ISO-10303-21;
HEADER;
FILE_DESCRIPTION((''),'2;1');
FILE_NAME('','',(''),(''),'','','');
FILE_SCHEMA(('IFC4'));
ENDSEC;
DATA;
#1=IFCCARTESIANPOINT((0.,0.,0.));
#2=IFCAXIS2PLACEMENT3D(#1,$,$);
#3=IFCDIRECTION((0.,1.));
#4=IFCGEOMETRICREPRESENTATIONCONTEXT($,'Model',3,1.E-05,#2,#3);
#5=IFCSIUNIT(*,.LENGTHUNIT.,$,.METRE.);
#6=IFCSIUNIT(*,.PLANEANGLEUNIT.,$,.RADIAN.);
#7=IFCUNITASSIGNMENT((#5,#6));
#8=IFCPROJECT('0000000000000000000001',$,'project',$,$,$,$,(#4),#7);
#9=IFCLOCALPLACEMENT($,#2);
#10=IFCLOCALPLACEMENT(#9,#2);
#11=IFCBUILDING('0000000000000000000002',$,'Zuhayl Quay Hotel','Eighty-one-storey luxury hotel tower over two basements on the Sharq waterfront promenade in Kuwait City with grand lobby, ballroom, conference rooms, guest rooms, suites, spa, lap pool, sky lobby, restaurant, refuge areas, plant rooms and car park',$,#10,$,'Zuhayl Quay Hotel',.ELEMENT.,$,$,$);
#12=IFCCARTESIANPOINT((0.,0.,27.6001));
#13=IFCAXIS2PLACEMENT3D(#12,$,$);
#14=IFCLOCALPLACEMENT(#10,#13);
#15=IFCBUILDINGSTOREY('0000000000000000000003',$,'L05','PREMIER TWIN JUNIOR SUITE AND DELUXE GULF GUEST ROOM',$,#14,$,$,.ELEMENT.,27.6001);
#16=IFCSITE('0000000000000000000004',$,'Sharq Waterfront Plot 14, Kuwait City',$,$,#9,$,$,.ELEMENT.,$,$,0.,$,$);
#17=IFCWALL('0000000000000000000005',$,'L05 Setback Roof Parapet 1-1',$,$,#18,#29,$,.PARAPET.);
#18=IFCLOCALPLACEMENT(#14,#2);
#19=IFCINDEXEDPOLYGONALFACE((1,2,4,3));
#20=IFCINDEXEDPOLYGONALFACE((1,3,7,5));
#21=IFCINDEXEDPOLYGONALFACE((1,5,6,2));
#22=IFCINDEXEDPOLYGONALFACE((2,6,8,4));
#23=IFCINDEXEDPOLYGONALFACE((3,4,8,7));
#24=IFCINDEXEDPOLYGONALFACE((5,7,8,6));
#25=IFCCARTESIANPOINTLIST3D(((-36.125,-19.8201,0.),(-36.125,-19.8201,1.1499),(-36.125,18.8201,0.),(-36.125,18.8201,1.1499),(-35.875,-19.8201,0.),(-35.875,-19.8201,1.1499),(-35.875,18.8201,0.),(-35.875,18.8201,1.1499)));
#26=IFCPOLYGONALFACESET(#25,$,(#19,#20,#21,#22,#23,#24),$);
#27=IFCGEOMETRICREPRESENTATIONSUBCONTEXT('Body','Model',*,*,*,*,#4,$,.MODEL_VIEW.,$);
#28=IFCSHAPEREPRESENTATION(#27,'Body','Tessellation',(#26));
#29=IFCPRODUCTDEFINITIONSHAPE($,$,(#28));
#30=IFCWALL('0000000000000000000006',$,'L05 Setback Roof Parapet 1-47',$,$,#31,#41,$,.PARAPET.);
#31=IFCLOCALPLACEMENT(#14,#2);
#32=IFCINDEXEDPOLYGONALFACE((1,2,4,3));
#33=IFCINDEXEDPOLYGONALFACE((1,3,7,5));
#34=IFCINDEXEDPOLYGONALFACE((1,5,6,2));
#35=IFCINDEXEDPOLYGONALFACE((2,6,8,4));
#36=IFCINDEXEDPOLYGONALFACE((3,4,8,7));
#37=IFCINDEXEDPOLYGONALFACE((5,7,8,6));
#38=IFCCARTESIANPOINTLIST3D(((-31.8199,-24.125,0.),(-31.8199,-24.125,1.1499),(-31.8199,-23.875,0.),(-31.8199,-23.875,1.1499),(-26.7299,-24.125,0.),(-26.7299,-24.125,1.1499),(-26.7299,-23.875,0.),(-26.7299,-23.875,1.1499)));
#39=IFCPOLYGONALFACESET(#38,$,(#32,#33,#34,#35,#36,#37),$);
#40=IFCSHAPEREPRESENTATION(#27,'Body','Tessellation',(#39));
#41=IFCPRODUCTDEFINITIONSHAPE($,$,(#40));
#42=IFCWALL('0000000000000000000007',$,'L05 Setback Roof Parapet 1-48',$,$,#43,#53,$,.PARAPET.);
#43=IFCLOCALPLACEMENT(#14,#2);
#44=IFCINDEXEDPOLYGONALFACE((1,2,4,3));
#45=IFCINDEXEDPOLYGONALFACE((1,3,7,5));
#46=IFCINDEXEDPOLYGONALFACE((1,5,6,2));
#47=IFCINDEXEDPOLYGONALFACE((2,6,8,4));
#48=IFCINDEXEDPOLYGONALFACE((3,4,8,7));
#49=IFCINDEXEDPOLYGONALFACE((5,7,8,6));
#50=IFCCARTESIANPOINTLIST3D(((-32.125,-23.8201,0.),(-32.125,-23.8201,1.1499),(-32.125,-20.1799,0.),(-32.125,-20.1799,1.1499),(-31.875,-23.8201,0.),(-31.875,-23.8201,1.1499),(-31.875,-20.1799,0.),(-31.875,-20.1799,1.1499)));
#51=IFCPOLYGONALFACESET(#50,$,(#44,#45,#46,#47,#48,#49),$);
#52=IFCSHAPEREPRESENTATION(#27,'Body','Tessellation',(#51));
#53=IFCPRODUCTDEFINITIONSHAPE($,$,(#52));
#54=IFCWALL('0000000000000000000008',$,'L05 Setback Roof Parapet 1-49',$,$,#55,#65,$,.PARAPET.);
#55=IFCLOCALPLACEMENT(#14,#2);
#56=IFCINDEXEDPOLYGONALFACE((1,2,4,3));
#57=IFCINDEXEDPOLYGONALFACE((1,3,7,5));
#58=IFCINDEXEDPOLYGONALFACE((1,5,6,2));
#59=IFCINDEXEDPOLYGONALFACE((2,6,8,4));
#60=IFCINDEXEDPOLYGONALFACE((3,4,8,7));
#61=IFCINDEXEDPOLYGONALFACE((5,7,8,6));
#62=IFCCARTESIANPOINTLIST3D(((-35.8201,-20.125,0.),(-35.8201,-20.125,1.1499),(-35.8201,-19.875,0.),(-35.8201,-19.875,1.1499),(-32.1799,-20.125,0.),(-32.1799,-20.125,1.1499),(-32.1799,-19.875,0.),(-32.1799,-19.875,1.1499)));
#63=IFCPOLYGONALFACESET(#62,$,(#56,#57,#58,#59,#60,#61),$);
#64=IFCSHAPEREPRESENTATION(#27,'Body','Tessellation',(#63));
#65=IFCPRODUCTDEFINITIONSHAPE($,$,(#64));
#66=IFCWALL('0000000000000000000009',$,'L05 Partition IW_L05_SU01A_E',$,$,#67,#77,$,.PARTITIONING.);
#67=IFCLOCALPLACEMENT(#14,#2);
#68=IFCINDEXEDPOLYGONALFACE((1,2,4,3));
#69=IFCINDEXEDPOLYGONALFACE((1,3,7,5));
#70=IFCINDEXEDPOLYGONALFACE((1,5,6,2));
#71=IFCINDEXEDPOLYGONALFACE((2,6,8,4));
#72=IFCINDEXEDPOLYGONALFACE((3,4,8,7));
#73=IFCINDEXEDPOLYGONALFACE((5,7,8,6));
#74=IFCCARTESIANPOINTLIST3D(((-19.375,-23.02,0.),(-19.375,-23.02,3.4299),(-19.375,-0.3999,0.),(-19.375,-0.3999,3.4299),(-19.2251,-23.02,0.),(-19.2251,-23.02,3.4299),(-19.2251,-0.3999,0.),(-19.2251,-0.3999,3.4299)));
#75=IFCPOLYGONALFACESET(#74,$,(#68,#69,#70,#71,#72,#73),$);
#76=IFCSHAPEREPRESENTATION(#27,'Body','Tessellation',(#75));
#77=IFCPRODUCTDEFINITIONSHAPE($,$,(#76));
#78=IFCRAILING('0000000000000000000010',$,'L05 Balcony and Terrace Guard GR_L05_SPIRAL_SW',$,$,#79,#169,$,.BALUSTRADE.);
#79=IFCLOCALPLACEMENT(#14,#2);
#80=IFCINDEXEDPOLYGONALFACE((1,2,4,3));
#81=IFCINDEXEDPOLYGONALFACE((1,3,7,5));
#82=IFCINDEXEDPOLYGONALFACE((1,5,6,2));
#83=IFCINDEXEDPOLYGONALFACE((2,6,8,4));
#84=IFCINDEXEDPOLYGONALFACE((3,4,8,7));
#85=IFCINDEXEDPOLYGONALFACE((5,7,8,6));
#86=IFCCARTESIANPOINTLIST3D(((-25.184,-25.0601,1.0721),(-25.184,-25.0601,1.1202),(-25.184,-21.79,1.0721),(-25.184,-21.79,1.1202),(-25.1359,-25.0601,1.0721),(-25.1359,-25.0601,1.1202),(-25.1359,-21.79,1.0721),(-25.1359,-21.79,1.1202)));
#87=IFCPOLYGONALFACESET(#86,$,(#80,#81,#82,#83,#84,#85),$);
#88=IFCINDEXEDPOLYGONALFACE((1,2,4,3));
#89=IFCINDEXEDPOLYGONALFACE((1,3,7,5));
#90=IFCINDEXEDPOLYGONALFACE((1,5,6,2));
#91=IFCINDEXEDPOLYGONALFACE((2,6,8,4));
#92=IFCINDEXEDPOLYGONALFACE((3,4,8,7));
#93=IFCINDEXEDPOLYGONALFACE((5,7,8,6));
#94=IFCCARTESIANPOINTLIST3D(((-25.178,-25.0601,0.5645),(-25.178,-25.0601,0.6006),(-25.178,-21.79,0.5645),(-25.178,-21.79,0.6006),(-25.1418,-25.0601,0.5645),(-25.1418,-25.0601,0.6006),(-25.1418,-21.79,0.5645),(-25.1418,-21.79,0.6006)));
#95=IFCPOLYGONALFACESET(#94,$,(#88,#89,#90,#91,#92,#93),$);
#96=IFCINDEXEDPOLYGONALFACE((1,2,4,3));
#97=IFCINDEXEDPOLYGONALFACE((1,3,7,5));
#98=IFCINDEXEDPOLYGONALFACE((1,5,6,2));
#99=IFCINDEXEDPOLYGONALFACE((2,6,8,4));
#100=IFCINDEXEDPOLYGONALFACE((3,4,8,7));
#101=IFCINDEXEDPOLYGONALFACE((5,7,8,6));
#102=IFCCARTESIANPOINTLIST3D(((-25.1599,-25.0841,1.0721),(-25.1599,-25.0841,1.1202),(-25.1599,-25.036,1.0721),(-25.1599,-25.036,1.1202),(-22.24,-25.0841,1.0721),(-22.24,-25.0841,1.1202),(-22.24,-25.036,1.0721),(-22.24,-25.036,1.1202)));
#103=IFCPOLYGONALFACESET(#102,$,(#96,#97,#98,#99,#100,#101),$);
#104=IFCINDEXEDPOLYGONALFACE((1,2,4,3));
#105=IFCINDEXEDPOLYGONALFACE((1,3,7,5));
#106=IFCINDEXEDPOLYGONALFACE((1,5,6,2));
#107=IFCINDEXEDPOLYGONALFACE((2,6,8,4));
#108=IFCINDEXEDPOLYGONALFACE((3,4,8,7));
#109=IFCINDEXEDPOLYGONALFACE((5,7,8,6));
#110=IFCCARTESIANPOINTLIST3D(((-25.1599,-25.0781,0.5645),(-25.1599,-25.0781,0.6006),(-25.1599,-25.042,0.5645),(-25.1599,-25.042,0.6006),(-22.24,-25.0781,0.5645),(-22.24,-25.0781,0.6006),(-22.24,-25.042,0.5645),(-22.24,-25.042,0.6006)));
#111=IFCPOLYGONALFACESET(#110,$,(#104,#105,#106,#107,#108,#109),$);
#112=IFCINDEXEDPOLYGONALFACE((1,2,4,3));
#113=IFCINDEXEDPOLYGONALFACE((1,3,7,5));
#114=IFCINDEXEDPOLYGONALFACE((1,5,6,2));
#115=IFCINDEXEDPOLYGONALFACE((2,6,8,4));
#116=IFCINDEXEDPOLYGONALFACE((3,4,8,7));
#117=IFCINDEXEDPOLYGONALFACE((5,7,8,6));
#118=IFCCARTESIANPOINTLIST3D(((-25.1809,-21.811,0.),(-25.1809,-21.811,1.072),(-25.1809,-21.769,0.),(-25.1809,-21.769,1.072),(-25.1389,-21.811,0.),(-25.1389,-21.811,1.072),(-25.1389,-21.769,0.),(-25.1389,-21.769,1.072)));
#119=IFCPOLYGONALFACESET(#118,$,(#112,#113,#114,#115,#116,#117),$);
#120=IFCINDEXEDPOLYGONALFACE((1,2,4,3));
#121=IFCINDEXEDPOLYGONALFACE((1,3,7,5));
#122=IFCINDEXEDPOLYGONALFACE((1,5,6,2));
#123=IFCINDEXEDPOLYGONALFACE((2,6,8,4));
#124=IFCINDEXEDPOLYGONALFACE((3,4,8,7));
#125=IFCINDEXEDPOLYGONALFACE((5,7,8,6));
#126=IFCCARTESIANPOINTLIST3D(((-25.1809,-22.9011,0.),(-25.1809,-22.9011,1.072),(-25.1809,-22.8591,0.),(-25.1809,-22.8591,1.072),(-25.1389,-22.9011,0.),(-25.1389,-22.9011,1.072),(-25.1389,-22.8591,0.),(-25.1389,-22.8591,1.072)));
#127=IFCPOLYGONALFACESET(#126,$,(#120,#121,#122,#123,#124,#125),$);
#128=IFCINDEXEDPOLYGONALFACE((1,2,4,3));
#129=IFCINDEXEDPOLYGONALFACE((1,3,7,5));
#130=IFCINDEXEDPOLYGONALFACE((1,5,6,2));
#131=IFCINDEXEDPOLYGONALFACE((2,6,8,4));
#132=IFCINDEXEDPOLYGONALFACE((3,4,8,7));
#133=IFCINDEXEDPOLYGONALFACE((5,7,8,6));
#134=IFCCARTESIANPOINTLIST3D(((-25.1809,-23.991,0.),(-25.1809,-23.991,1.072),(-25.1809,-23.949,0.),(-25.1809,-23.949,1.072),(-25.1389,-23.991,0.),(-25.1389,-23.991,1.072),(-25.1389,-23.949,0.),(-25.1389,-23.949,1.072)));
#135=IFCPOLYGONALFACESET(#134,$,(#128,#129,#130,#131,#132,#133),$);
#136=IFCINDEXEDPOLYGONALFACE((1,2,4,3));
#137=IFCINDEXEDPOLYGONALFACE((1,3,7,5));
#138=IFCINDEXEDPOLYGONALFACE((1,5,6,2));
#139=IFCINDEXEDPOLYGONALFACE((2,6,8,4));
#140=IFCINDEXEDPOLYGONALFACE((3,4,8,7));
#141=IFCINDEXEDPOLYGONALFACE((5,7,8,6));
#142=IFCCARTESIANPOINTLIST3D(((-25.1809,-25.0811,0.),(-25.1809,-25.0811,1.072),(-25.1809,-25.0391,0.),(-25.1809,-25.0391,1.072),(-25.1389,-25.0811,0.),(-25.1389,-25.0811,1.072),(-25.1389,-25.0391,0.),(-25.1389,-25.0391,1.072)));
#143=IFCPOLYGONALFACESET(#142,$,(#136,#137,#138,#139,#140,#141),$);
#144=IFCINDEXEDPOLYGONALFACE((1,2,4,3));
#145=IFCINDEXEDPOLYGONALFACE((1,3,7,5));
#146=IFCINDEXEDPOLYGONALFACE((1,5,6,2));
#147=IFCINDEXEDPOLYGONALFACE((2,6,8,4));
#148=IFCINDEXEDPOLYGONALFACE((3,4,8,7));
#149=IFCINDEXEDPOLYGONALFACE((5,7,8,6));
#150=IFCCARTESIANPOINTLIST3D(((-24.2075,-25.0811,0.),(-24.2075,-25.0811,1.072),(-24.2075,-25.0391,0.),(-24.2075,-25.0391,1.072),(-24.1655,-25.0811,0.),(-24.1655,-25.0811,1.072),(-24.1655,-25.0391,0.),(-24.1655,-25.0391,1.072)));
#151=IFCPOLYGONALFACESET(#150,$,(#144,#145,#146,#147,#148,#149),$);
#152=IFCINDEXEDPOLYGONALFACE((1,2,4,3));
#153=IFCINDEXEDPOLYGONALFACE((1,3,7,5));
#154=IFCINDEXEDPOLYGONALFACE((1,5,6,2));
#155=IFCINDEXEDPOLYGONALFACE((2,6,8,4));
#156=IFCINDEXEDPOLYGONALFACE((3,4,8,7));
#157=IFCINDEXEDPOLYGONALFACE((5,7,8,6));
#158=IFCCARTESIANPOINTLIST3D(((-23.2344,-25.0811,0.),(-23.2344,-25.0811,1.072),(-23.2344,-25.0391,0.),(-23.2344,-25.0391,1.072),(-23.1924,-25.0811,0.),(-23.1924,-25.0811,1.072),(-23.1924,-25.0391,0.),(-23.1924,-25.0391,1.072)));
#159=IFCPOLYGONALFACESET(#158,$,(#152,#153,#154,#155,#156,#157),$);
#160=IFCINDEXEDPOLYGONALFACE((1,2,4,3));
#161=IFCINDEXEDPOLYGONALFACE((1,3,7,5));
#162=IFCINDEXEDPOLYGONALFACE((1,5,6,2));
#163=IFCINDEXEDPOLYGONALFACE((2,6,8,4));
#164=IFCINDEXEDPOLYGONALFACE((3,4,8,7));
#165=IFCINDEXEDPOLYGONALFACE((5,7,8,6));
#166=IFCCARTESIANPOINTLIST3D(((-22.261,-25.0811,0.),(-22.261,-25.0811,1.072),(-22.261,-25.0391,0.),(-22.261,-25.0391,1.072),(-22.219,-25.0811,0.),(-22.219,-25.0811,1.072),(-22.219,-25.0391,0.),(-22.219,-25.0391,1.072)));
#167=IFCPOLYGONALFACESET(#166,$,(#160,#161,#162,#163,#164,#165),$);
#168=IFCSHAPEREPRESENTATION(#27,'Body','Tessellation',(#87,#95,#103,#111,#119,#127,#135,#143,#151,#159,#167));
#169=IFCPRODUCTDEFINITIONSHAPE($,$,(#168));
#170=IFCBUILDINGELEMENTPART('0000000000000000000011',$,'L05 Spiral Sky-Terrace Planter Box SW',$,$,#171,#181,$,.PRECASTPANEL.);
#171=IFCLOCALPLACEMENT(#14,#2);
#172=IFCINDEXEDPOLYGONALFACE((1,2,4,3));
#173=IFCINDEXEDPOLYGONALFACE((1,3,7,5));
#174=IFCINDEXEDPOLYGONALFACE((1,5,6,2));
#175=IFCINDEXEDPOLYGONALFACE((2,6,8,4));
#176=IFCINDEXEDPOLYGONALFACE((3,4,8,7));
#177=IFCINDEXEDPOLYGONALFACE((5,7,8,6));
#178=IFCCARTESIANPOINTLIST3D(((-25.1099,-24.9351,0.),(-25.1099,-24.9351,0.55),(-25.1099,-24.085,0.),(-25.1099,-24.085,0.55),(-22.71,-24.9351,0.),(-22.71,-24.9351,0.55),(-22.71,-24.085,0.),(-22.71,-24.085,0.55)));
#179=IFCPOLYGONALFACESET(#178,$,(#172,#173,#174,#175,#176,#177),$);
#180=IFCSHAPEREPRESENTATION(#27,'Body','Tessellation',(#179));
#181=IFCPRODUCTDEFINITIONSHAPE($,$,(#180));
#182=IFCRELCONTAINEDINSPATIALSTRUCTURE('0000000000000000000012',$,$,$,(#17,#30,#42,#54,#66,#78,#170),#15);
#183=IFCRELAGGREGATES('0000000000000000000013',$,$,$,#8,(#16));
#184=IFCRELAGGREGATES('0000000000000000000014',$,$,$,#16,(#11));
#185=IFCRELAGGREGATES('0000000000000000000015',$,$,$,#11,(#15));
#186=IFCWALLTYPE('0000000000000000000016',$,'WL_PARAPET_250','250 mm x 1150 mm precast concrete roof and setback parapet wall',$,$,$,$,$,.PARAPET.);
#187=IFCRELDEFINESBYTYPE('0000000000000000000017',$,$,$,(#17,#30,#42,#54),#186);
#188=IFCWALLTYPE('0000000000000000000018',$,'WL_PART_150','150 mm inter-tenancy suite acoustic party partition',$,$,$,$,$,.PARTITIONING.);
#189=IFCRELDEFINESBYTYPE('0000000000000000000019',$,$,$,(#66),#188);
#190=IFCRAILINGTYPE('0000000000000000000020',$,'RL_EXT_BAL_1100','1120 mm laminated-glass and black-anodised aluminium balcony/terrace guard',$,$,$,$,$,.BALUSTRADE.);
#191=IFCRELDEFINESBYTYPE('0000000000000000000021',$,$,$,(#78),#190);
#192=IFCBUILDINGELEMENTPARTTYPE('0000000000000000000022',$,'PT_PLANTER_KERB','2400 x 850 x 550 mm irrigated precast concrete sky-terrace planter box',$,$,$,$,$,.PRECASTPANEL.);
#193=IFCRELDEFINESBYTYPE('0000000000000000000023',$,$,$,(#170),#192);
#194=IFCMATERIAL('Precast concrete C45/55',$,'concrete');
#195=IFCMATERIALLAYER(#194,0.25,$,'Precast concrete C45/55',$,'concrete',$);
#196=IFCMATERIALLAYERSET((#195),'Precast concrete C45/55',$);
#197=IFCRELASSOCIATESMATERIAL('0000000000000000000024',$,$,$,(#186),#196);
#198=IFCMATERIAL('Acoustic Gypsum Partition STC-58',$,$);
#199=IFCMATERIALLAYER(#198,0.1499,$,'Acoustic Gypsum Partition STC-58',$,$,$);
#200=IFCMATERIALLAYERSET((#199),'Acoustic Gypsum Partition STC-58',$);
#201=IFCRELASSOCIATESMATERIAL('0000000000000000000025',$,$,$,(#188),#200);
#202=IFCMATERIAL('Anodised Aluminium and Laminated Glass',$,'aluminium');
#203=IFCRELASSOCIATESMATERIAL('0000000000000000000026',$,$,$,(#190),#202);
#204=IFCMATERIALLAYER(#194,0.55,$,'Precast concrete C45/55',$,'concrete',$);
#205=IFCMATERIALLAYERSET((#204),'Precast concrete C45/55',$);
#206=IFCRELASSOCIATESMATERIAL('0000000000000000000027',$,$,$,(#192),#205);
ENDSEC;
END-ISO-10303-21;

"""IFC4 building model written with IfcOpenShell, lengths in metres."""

from ifc_helpers import new_model, si_unit, direction, frame, frame_2d, origin, origin_2d, place, context, subcontext, project, spatial, rectangle, extrude, material, layer, layer_set, type_object, element, save


model = new_model("IFC4")

# Units and contexts
model_context = context("Model", 3, precision=1e-05, world=origin(), true_north=direction((0.0, 1.0)))
body_context = subcontext(model_context, "Body", "Model", "MODEL_VIEW")
ifc_project = project(units=[si_unit("LENGTHUNIT", "METRE"), si_unit("PLANEANGLEUNIT", "RADIAN")], contexts=[model_context])

# Site, building, storey
site_placement = place(None, origin())
site = spatial("IfcSite", under=ifc_project, at=site_placement, Name="Sharq Waterfront Plot 14, Kuwait City", CompositionType="ELEMENT", RefElevation=0.0)
building_placement = place(site_placement, origin())
building = spatial("IfcBuilding", under=site, at=building_placement, Name="Zuhayl Quay Hotel", Description="Eighty-one-storey luxury hotel tower over two basements on the Sharq waterfront promenade in Kuwait City with grand lobby, ballroom, conference rooms, guest rooms, suites, spa, lap pool, sky lobby, restaurant, refuge areas, plant rooms and car park", LongName="Zuhayl Quay Hotel", CompositionType="ELEMENT")
storey_placement = place(building_placement, frame((0.0, 0.0, 27.6001)))
storey = spatial("IfcBuildingStorey", under=building, at=storey_placement, Name="L05", Description="PREMIER TWIN JUNIOR SUITE AND DELUXE GULF GUEST ROOM", CompositionType="ELEMENT", Elevation=27.6001)

# Shared definitions
ifc_material_1 = material(Name="Precast concrete C45/55", Category="concrete")

# Walls
ifc_layer_1 = layer(ifc_material_1, 0.25, Name="Precast concrete C45/55", Category="concrete")
ifc_layer_set_1 = layer_set([ifc_layer_1], Name="Precast concrete C45/55")
wall_type_1 = type_object("IfcWallType", Name="WL_PARAPET_250", Description="250 mm x 1150 mm precast concrete roof and setback parapet wall", PredefinedType="PARAPET", material=ifc_layer_set_1)
wall_1_placement = place(storey_placement, frame((-36.0, -19.8201, 0.0), z_axis=(0.0, 0.0, 1.0), x_axis=(0.0, 1.0, 0.0)))
element("IfcWall", 1, at=wall_1_placement, inside=storey, type_object=wall_type_1, Name="L05 Setback Roof Parapet 1-1", PredefinedType="PARAPET", context=body_context, shape_type="SweptSolid", body=[
    extrude(rectangle(XDim=38.6401, YDim=0.25, at=frame_2d((19.3201, 0.0))), origin(), (0.0, 0.0, 1.0), 1.1499),
])
wall_2_placement = place(storey_placement, frame((-26.73, -24.0, 0.0), z_axis=(0.0, 0.0, 1.0), x_axis=(-1.0, 0.0, 0.0)))
element("IfcWall", 2, at=wall_2_placement, inside=storey, type_object=wall_type_1, Name="L05 Setback Roof Parapet 1-47", PredefinedType="PARAPET", context=body_context, shape_type="SweptSolid", body=[
    extrude(rectangle(XDim=5.0901, YDim=0.25, at=frame_2d((2.5449, 0.0))), origin(), (0.0, 0.0, 1.0), 1.1499),
])
for number, where, z_axis, x_axis, name in (
    (3, (-32.0, -23.8201, 0.0), (0.0, 0.0, 1.0), (0.0, 1.0, 0.0), "L05 Setback Roof Parapet 1-48"),
    (4, (-32.1799, -20.0, 0.0), (0.0, 0.0, 1.0), (-1.0, 0.0, 0.0), "L05 Setback Roof Parapet 1-49"),
):
    element("IfcWall", number, at=place(storey_placement, frame(where, z_axis=z_axis, x_axis=x_axis)), inside=storey, type_object=wall_type_1, Name=name, PredefinedType="PARAPET", context=body_context, shape_type="SweptSolid", body=[
        extrude(rectangle(XDim=3.6401, YDim=0.25, at=frame_2d((1.8201, 0.0))), origin(), (0.0, 0.0, 1.0), 1.1499),
    ])
ifc_material_2 = material(Name="Acoustic Gypsum Partition STC-58")
ifc_layer_2 = layer(ifc_material_2, 0.1499, Name="Acoustic Gypsum Partition STC-58")
ifc_layer_set_2 = layer_set([ifc_layer_2], Name="Acoustic Gypsum Partition STC-58")
wall_type_2 = type_object("IfcWallType", Name="WL_PART_150", Description="150 mm inter-tenancy suite acoustic party partition", PredefinedType="PARTITIONING", material=ifc_layer_set_2)
wall_3_placement = place(storey_placement, frame((-19.3, -23.02, 0.0), z_axis=(0.0, 0.0, 1.0), x_axis=(0.0, 1.0, 0.0)))
element("IfcWall", 5, at=wall_3_placement, inside=storey, type_object=wall_type_2, Name="L05 Partition IW_L05_SU01A_E", PredefinedType="PARTITIONING", context=body_context, shape_type="SweptSolid", body=[
    extrude(rectangle(XDim=22.6201, YDim=0.1499, at=frame_2d((11.3101, 0.0))), origin(), (0.0, 0.0, 1.0), 3.4299),
])

# Railing
ifc_material_3 = material(Name="Anodised Aluminium and Laminated Glass", Category="aluminium")
railing_type = type_object("IfcRailingType", Name="RL_EXT_BAL_1100", Description="1120 mm laminated-glass and black-anodised aluminium balcony/terrace guard", PredefinedType="BALUSTRADE", material=ifc_material_3)
railing_1_placement = place(storey_placement, frame((-25.1599, -21.79, 0.0)))
element("IfcRailing", 6, at=railing_1_placement, inside=storey, type_object=railing_type, Name="L05 Balcony and Terrace Guard GR_L05_SPIRAL_SW", PredefinedType="BALUSTRADE", context=body_context, shape_type="SweptSolid", body=[
    extrude(rectangle(XDim=0.0481, YDim=0.0481, at=origin_2d()), frame((0.0, 0.0, 1.0962), z_axis=(0.0, -1.0, 0.0), x_axis=(1.0, 0.0, 0.0)), (0.0, 0.0, 1.0), 3.27),
    extrude(rectangle(XDim=0.0361, YDim=0.0361, at=origin_2d()), frame((0.0, 0.0, 0.5825), z_axis=(0.0, -1.0, 0.0), x_axis=(1.0, 0.0, 0.0)), (0.0, 0.0, 1.0), 3.27),
    extrude(rectangle(XDim=0.0481, YDim=0.0481, at=origin_2d()), frame((0.0, -3.27, 1.0962), z_axis=(1.0, 0.0, 0.0), x_axis=(0.0, 1.0, 0.0)), (0.0, 0.0, 1.0), 2.9199),
    extrude(rectangle(XDim=0.0361, YDim=0.0361, at=origin_2d()), frame((0.0, -3.27, 0.5825), z_axis=(1.0, 0.0, 0.0), x_axis=(0.0, 1.0, 0.0)), (0.0, 0.0, 1.0), 2.9199),
    extrude(rectangle(XDim=0.042, YDim=0.042, at=origin_2d()), origin(), (0.0, 0.0, 1.0), 1.072),
    extrude(rectangle(XDim=0.042, YDim=0.042, at=origin_2d()), frame((0.0, -1.0901, 0.0)), (0.0, 0.0, 1.0), 1.072),
    extrude(rectangle(XDim=0.042, YDim=0.042, at=origin_2d()), frame((0.0, -2.1799, 0.0)), (0.0, 0.0, 1.0), 1.072),
    extrude(rectangle(XDim=0.042, YDim=0.042, at=origin_2d()), frame((0.0, -3.27, 0.0)), (0.0, 0.0, 1.0), 1.072),
    extrude(rectangle(XDim=0.042, YDim=0.042, at=origin_2d()), frame((0.9734, -3.27, 0.0)), (0.0, 0.0, 1.0), 1.072),
    extrude(rectangle(XDim=0.042, YDim=0.042, at=origin_2d()), frame((1.9465, -3.27, 0.0)), (0.0, 0.0, 1.0), 1.072),
    extrude(rectangle(XDim=0.042, YDim=0.042, at=origin_2d()), frame((2.9199, -3.27, 0.0)), (0.0, 0.0, 1.0), 1.072),
])

# Building element part
ifc_layer_3 = layer(ifc_material_1, 0.55, Name="Precast concrete C45/55", Category="concrete")
ifc_layer_set_3 = layer_set([ifc_layer_3], Name="Precast concrete C45/55")
building_element_part_type = type_object("IfcBuildingElementPartType", Name="PT_PLANTER_KERB", Description="2400 x 850 x 550 mm irrigated precast concrete sky-terrace planter box", PredefinedType="PRECASTPANEL", material=ifc_layer_set_3)
building_element_part_placement = place(storey_placement, frame((-23.9099, -24.51, 0.0), z_axis=(0.0, 0.0, 1.0), x_axis=(1.0, 0.0, 0.0)))
element("IfcBuildingElementPart", 7, at=building_element_part_placement, inside=storey, type_object=building_element_part_type, Name="L05 Spiral Sky-Terrace Planter Box SW", PredefinedType="PRECASTPANEL", context=body_context, shape_type="SweptSolid", body=[
    extrude(rectangle(XDim=2.3999, YDim=0.8501, at=origin_2d()), origin(), (0.0, 0.0, 1.0), 0.55),
])

save(model, "model.ifc")
